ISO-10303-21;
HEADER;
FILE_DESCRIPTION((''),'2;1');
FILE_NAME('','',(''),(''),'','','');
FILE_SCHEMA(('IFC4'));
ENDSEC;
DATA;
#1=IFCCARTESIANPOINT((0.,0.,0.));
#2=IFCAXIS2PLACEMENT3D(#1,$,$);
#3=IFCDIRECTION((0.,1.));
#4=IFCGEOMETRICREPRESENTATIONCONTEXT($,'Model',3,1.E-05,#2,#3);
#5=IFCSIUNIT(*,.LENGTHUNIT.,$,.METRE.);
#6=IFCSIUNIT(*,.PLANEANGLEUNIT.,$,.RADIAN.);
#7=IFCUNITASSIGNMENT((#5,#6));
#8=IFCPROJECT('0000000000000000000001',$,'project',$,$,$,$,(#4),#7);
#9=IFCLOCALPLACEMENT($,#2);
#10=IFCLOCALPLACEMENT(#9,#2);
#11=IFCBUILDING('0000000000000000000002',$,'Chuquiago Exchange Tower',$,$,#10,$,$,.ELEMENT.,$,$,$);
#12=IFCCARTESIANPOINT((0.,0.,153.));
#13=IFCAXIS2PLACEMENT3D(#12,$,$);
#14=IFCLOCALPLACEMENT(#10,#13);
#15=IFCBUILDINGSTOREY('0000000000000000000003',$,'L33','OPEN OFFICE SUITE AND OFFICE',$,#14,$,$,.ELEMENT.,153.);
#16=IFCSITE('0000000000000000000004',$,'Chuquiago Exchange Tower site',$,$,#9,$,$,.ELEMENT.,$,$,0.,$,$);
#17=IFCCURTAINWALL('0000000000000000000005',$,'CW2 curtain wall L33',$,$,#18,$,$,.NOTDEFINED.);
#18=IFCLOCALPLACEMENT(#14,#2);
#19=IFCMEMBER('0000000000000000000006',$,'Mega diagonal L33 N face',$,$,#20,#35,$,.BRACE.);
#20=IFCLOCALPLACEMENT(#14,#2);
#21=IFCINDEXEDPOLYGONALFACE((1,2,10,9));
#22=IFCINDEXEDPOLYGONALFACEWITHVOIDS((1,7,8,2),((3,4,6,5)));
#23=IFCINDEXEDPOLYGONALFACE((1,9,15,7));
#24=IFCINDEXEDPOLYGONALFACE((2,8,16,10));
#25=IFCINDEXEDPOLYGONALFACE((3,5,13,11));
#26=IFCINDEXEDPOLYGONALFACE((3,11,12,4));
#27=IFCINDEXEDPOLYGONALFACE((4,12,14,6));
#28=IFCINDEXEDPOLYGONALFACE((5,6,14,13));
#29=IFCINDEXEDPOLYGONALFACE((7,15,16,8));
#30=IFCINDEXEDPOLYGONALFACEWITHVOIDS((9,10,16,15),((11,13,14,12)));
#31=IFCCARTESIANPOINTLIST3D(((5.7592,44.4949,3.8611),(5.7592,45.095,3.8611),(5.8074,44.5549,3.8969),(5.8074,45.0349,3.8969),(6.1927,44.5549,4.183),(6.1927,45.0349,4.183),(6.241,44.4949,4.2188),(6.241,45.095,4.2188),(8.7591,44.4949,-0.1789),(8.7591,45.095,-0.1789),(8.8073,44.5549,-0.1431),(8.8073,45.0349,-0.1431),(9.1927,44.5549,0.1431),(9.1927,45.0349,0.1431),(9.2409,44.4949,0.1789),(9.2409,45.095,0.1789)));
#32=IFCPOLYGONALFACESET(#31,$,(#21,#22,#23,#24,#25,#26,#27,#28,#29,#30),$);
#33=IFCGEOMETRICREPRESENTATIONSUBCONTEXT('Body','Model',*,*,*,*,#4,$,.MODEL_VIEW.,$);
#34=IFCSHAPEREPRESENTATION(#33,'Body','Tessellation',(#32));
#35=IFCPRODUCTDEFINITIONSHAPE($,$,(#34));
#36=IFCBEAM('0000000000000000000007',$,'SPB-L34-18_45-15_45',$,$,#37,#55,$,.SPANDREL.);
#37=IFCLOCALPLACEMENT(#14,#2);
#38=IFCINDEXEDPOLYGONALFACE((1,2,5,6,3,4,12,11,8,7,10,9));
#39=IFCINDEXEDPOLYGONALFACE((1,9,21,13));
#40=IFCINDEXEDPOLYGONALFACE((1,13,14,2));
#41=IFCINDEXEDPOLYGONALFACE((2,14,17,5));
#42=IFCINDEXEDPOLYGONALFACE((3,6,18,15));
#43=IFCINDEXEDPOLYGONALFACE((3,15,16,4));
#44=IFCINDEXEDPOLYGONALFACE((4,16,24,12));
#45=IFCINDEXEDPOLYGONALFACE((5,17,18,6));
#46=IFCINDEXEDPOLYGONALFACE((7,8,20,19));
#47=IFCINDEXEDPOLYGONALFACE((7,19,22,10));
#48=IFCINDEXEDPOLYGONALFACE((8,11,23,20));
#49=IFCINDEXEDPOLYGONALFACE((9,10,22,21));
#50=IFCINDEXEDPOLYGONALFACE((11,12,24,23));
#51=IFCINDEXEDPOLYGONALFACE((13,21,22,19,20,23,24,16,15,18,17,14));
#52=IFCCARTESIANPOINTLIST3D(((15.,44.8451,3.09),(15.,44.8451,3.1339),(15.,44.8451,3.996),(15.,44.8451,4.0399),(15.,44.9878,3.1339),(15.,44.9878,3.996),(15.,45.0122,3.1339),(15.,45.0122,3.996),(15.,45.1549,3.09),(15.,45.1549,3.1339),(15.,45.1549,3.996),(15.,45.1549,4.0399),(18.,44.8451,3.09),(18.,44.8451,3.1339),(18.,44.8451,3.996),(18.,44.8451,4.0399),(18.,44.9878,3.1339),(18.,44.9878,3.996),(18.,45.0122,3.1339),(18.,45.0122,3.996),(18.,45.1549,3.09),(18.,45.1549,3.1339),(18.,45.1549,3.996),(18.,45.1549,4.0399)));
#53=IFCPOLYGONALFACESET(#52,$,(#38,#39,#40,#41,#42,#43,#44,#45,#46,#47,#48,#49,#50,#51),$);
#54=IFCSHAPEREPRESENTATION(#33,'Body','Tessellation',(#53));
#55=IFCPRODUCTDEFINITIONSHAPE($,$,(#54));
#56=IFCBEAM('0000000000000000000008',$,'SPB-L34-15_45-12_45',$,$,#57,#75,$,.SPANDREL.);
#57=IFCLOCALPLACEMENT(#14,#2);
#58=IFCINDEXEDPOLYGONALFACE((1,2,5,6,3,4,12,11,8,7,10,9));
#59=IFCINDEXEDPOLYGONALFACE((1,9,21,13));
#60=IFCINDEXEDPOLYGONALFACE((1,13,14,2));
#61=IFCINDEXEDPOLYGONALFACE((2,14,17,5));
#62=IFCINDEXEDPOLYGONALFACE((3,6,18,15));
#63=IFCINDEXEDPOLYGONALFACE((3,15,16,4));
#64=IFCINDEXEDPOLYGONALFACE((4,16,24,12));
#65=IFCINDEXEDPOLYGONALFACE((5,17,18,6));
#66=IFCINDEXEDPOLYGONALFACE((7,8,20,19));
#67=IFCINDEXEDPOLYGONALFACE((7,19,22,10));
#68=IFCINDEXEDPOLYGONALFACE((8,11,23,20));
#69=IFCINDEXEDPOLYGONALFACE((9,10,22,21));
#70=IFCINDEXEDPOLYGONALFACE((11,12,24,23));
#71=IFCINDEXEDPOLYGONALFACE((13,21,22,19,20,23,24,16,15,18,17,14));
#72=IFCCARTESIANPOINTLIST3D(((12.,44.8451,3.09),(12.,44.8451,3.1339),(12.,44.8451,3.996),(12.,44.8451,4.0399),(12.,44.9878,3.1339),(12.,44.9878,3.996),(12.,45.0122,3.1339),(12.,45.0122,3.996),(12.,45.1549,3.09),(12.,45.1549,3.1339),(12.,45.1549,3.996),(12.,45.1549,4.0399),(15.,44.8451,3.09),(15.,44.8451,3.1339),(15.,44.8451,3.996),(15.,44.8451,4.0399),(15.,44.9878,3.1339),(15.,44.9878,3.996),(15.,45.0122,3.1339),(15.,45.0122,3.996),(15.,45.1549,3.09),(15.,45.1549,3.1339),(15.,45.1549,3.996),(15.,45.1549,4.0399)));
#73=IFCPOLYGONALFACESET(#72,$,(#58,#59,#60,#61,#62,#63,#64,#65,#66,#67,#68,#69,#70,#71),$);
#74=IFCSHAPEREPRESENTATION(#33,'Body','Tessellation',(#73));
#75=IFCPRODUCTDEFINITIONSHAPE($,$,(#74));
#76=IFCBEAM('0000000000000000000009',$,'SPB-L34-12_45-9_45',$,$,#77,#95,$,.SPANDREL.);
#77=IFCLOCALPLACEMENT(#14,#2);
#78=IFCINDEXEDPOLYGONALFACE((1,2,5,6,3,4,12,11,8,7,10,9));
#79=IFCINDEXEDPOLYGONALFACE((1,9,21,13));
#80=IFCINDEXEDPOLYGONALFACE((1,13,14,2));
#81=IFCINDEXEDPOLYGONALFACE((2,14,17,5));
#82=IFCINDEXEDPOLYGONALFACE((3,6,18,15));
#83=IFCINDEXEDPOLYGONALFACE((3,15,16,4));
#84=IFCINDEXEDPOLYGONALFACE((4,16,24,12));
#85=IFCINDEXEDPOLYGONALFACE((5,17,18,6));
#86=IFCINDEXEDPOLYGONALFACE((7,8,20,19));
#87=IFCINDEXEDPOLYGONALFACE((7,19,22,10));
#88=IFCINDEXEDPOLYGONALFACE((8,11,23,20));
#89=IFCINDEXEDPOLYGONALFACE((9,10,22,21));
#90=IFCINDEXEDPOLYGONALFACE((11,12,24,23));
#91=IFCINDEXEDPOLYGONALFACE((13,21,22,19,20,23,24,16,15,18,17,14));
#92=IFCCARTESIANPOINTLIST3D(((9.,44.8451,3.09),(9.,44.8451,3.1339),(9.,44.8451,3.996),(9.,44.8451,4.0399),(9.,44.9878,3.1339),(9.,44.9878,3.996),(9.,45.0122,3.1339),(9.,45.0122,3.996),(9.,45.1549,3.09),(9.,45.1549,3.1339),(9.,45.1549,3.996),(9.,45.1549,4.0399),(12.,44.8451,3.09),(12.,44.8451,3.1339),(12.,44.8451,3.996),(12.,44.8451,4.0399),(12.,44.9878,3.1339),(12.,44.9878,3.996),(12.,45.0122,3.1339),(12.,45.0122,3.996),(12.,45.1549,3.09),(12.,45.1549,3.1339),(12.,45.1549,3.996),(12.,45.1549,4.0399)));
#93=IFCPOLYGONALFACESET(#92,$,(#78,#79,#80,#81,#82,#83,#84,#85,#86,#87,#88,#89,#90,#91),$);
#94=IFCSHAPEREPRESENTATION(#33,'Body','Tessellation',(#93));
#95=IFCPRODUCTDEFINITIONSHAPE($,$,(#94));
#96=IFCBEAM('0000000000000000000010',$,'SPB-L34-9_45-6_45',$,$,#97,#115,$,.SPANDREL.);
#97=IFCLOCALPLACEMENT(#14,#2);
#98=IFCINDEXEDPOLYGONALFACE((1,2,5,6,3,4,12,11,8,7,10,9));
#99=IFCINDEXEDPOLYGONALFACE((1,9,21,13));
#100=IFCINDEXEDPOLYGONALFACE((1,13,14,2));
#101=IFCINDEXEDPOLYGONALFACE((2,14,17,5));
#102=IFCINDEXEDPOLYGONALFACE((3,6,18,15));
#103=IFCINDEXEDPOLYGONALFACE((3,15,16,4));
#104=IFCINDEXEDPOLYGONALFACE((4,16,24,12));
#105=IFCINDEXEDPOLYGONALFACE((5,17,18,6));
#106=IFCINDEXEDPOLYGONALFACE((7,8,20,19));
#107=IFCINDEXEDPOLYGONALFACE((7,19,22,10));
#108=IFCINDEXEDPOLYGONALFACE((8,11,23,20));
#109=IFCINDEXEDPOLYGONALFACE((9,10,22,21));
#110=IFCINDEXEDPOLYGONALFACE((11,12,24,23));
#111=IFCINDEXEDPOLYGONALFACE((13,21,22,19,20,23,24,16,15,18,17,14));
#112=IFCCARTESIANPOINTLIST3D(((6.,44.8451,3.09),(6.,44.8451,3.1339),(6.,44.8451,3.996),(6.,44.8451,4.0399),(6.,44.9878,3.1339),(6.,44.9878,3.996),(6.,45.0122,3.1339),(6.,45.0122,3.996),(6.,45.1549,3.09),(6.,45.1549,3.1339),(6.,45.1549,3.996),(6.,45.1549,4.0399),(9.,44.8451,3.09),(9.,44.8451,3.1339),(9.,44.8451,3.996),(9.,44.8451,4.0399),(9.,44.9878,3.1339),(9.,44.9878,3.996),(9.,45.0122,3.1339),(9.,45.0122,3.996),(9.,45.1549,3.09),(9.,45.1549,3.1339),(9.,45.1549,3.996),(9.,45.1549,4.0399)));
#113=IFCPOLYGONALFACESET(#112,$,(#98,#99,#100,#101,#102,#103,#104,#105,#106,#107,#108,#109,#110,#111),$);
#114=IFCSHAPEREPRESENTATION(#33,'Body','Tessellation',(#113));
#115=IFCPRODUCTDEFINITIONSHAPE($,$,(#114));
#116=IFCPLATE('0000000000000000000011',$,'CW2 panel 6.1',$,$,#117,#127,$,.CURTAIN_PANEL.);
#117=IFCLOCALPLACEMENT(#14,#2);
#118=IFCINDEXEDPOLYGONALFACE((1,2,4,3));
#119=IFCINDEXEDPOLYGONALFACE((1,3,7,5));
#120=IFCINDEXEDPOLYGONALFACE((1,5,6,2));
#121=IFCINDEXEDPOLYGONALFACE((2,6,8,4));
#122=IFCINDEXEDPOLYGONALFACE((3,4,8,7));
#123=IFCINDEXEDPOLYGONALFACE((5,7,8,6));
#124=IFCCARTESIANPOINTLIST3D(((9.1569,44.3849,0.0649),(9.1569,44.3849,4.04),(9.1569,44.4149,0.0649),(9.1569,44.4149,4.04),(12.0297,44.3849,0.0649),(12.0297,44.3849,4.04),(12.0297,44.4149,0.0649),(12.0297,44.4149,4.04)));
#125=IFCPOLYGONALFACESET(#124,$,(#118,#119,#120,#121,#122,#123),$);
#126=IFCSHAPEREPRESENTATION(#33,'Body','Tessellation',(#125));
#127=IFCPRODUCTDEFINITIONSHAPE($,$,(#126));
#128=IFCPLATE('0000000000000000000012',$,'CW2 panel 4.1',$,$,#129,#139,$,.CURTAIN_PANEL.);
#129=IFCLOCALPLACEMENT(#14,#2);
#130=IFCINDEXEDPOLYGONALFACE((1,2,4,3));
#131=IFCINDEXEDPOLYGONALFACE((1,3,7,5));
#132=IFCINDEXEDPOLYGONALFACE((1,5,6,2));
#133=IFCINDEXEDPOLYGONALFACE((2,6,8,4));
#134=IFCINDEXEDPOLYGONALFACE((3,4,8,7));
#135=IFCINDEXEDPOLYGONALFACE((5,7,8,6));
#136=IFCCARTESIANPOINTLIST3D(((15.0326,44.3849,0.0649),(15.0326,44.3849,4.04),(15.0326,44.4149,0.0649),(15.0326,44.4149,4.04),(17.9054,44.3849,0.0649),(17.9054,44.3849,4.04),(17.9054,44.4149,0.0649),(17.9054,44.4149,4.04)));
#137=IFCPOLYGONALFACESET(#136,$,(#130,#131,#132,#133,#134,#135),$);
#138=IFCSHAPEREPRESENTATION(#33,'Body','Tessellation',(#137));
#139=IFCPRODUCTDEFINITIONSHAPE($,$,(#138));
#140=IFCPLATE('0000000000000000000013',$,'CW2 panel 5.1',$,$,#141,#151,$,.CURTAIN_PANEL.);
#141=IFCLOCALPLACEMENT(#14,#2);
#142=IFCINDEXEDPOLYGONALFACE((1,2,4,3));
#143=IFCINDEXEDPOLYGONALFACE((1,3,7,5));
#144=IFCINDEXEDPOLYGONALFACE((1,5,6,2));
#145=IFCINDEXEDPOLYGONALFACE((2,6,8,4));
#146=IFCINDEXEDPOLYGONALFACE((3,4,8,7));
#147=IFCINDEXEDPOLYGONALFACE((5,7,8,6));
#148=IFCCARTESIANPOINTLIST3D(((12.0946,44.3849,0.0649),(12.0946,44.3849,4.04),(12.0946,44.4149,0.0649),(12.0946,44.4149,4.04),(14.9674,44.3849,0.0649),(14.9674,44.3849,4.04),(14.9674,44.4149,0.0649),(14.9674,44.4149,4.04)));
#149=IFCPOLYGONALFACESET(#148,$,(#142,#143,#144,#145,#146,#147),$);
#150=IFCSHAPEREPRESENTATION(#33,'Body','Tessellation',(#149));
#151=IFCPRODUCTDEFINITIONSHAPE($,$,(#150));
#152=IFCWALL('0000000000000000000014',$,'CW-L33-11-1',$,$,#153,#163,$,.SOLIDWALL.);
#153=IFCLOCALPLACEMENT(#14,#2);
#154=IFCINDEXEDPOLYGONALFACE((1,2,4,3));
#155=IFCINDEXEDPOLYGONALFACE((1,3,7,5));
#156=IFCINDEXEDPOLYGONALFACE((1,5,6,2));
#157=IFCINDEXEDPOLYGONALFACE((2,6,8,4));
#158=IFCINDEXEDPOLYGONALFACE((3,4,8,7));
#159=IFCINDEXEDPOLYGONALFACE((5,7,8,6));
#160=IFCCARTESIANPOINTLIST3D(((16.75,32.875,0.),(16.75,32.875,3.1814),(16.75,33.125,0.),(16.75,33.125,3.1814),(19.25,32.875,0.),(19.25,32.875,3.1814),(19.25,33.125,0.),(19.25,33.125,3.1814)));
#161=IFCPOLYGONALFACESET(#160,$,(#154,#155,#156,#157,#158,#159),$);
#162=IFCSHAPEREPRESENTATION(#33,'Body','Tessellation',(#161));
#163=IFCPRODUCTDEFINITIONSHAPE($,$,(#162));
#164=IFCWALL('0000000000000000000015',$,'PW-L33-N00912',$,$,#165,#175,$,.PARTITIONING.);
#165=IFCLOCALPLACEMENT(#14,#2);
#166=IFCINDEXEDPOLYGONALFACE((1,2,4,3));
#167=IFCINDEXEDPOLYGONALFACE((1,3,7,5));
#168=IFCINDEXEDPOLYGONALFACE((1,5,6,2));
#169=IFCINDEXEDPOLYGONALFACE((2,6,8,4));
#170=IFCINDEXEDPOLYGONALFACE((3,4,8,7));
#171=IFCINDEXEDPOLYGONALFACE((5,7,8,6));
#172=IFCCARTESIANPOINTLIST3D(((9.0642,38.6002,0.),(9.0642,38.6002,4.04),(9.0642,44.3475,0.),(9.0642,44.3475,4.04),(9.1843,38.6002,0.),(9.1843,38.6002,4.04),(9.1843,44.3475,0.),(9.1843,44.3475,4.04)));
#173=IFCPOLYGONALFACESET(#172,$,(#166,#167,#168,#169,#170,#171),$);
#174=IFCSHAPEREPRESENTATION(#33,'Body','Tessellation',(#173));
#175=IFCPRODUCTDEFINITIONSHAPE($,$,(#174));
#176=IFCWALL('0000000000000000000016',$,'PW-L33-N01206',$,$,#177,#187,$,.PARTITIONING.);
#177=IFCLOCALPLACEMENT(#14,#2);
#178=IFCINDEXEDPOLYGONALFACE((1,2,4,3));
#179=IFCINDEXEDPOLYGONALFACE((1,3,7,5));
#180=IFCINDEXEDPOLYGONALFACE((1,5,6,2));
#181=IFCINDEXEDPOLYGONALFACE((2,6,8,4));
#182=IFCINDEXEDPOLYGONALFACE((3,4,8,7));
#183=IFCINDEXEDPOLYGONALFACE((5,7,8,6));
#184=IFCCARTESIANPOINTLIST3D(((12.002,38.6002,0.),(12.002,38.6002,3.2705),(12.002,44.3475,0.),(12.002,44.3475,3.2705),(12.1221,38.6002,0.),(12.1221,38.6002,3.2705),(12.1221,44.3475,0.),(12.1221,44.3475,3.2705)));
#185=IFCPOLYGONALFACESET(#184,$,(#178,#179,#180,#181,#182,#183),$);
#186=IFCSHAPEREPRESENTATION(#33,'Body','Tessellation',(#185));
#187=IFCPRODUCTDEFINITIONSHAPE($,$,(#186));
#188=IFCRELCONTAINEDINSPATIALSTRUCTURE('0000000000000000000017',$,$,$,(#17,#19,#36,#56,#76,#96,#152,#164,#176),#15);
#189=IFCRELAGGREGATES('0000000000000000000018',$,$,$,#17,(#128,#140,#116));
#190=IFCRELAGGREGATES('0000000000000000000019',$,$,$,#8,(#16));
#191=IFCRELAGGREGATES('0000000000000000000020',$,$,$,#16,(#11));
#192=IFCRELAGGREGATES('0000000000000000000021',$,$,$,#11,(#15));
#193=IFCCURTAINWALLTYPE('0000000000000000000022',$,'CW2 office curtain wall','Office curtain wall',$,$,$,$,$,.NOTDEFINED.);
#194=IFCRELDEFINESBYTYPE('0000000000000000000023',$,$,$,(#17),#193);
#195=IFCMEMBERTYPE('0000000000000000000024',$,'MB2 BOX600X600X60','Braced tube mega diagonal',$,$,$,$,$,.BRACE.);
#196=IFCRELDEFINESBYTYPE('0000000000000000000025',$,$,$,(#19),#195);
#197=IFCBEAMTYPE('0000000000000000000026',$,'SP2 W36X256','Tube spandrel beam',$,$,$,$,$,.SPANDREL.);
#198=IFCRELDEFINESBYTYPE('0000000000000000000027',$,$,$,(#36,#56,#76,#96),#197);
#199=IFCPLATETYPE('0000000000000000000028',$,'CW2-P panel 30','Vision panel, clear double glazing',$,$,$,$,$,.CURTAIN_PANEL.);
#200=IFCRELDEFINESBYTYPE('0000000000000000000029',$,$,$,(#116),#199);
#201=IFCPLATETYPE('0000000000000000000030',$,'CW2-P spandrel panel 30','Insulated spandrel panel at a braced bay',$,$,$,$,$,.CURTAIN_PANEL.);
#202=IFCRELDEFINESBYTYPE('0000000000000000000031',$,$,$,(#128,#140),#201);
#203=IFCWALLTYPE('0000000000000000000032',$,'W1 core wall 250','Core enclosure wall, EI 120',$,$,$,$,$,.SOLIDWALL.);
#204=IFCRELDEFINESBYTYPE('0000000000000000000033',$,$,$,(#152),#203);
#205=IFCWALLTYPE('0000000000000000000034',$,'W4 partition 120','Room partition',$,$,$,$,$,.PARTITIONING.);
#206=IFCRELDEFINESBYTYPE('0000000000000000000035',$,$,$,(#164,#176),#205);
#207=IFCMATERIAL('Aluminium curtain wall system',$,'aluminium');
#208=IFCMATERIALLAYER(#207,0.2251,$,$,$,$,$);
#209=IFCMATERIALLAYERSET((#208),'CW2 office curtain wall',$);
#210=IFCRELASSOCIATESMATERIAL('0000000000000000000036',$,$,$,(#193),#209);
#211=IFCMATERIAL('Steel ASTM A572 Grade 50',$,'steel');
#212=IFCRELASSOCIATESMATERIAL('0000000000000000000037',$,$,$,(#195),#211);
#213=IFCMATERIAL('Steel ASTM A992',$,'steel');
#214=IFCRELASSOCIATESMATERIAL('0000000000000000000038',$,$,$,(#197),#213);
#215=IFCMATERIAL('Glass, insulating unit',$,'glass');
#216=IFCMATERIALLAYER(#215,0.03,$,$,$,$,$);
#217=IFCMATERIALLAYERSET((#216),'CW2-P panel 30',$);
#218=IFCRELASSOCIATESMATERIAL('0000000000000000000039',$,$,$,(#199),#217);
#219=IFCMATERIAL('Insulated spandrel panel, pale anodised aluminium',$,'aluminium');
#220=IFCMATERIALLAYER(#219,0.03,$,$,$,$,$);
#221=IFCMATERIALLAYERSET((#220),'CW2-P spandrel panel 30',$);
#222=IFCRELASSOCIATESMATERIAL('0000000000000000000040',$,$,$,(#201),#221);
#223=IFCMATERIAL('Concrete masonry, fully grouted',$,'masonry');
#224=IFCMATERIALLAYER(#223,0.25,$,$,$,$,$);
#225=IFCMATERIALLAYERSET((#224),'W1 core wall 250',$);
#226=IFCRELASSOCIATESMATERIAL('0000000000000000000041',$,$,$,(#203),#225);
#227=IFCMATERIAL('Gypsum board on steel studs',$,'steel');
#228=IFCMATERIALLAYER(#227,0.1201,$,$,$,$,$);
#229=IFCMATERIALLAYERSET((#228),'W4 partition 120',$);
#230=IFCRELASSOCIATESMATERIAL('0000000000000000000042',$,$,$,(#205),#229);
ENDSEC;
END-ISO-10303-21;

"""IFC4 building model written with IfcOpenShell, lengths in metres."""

from ifc_helpers import new_model, si_unit, direction, frame, frame_2d, origin, origin_2d, place, context, subcontext, project, spatial, rectangle, hollow_rectangle, i_section, extrude, material, layer, layer_set, material_profile, profile_set, type_object, element, aggregate, save


model = new_model("IFC4")

# Units and contexts
model_context = context("Model", 3, precision=1e-05, world=origin(), true_north=direction((0.0, 1.0)))
body_context = subcontext(model_context, "Body", "Model", "MODEL_VIEW")
ifc_project = project(units=[si_unit("LENGTHUNIT", "METRE"), si_unit("PLANEANGLEUNIT", "RADIAN")], contexts=[model_context])

# Site, building, storey
site_placement = place(None, origin())
site = spatial("IfcSite", under=ifc_project, at=site_placement, Name="Chuquiago Exchange Tower site", CompositionType="ELEMENT", RefElevation=0.0)
building_placement = place(site_placement, origin())
building = spatial("IfcBuilding", under=site, at=building_placement, Name="Chuquiago Exchange Tower", CompositionType="ELEMENT")
storey_placement = place(building_placement, frame((0.0, 0.0, 153.0)))
storey = spatial("IfcBuildingStorey", under=building, at=storey_placement, Name="L33", Description="OPEN OFFICE SUITE AND OFFICE", CompositionType="ELEMENT", Elevation=153.0)

# Curtain wall
ifc_material_1 = material(Name="Aluminium curtain wall system", Category="aluminium")
ifc_layer_1 = layer(ifc_material_1, 0.2251)
ifc_layer_set_1 = layer_set([ifc_layer_1], Name="CW2 office curtain wall")
curtain_wall_type = type_object("IfcCurtainWallType", Name="CW2 office curtain wall", Description="Office curtain wall", PredefinedType="NOTDEFINED", material=ifc_layer_set_1)
curtain_wall_placement = place(storey_placement, origin())
curtain_wall = element("IfcCurtainWall", 1, at=curtain_wall_placement, inside=storey, type_object=curtain_wall_type, Name="CW2 curtain wall L33", PredefinedType="NOTDEFINED")

# Member
ifc_material_2 = material(Name="Steel ASTM A572 Grade 50", Category="steel")
ifc_material_profile_1 = material_profile(ifc_material_2, hollow_rectangle(XDim=0.6001, YDim=0.6001, WallThickness=0.0601, at=origin_2d()), Name="BOX600X600X60")
ifc_profile_set_1 = profile_set([ifc_material_profile_1], Name="Steel ASTM A572 Grade 50")
member_type_1 = type_object("IfcMemberType", Name="MB2 BOX600X600X60", Description="Braced tube mega diagonal", PredefinedType="BRACE", material=ifc_profile_set_1)
for number, where, z_axis, x_axis, name in (
    (2, (9.0, 44.7949, 0.0), (-0.596174, 0.0, 0.802855), (0.0, -1.0, 0.0), "Mega diagonal L33 N face"),
):
    element("IfcMember", number, at=place(storey_placement, frame(where, z_axis=z_axis, x_axis=x_axis)), inside=storey, type_object=member_type_1, Name=name, PredefinedType="BRACE", context=body_context, shape_type="SweptSolid", body=[
        extrude(hollow_rectangle(XDim=0.6001, YDim=0.6001, WallThickness=0.0601, at=origin_2d()), origin(), (0.0, 0.0, 1.0), 5.032),
    ])

# Beams
ifc_material_3 = material(Name="Steel ASTM A992", Category="steel")
ifc_material_profile_2 = material_profile(ifc_material_3, i_section(OverallWidth=0.3098, OverallDepth=0.95, WebThickness=0.0244, FlangeThickness=0.0439, at=origin_2d()), Name="W36X256")
ifc_profile_set_2 = profile_set([ifc_material_profile_2], Name="Steel ASTM A992")
beam_type_1 = type_object("IfcBeamType", Name="SP2 W36X256", Description="Tube spandrel beam", PredefinedType="SPANDREL", material=ifc_profile_set_2)
for number, where, z_axis, x_axis, name in (
    (3, (18.0, 45.0, 3.5649), (-1.0, 0.0, 0.0), (0.0, -1.0, 0.0), "SPB-L34-18_45-15_45"),
    (4, (15.0, 45.0, 3.5649), (-1.0, 0.0, 0.0), (0.0, -1.0, 0.0), "SPB-L34-15_45-12_45"),
    (5, (12.0, 45.0, 3.5649), (-1.0, 0.0, 0.0), (0.0, -1.0, 0.0), "SPB-L34-12_45-9_45"),
    (6, (9.0, 45.0, 3.5649), (-1.0, 0.0, 0.0), (0.0, -1.0, 0.0), "SPB-L34-9_45-6_45"),
):
    element("IfcBeam", number, at=place(storey_placement, frame(where, z_axis=z_axis, x_axis=x_axis)), inside=storey, type_object=beam_type_1, Name=name, PredefinedType="SPANDREL", context=body_context, shape_type="SweptSolid", body=[
        extrude(i_section(OverallWidth=0.3098, OverallDepth=0.95, WebThickness=0.0244, FlangeThickness=0.0439, at=origin_2d()), origin(), (0.0, 0.0, 1.0), 3.0),
    ])

# Plates
ifc_material_4 = material(Name="Glass, insulating unit", Category="glass")
ifc_layer_2 = layer(ifc_material_4, 0.03)
ifc_layer_set_2 = layer_set([ifc_layer_2], Name="CW2-P panel 30")
plate_type_1 = type_object("IfcPlateType", Name="CW2-P panel 30", Description="Vision panel, clear double glazing", PredefinedType="CURTAIN_PANEL", material=ifc_layer_set_2)
plate_1_placement = place(storey_placement, frame((10.5933, 44.3999, 0.0649), z_axis=(0.0, 0.0, 1.0), x_axis=(-1.0, 0.0, 0.0)))
plate_1 = element("IfcPlate", 7, at=plate_1_placement, type_object=plate_type_1, Name="CW2 panel 6.1", PredefinedType="CURTAIN_PANEL", context=body_context, shape_type="SweptSolid", body=[
    extrude(rectangle(XDim=2.8728, YDim=0.03, at=origin_2d()), origin(), (0.0, 0.0, 1.0), 3.9751),
])
ifc_material_5 = material(Name="Insulated spandrel panel, pale anodised aluminium", Category="aluminium")
ifc_layer_3 = layer(ifc_material_5, 0.03)
ifc_layer_set_3 = layer_set([ifc_layer_3], Name="CW2-P spandrel panel 30")
plate_type_2 = type_object("IfcPlateType", Name="CW2-P spandrel panel 30", Description="Insulated spandrel panel at a braced bay", PredefinedType="CURTAIN_PANEL", material=ifc_layer_set_3)
plate_2_placement = place(storey_placement, frame((16.469, 44.3999, 0.0649), z_axis=(0.0, 0.0, 1.0), x_axis=(-1.0, 0.0, 0.0)))
plate_2 = element("IfcPlate", 8, at=plate_2_placement, type_object=plate_type_2, Name="CW2 panel 4.1", PredefinedType="CURTAIN_PANEL", context=body_context, shape_type="SweptSolid", body=[
    extrude(rectangle(XDim=2.8728, YDim=0.03, at=origin_2d()), origin(), (0.0, 0.0, 1.0), 3.9751),
])
plate_3_placement = place(storey_placement, frame((13.531, 44.3999, 0.0649), z_axis=(0.0, 0.0, 1.0), x_axis=(-1.0, 0.0, 0.0)))
plate_3 = element("IfcPlate", 9, at=plate_3_placement, type_object=plate_type_2, Name="CW2 panel 5.1", PredefinedType="CURTAIN_PANEL", context=body_context, shape_type="SweptSolid", body=[
    extrude(rectangle(XDim=2.8728, YDim=0.03, at=origin_2d()), origin(), (0.0, 0.0, 1.0), 3.9751),
])
aggregate(curtain_wall, [plate_2, plate_3, plate_1])

# Walls
ifc_material_6 = material(Name="Concrete masonry, fully grouted", Category="masonry")
ifc_layer_4 = layer(ifc_material_6, 0.25)
ifc_layer_set_4 = layer_set([ifc_layer_4], Name="W1 core wall 250")
wall_type_1 = type_object("IfcWallType", Name="W1 core wall 250", Description="Core enclosure wall, EI 120", PredefinedType="SOLIDWALL", material=ifc_layer_set_4)
wall_1_placement = place(storey_placement, frame((16.75, 33.0, 0.0), z_axis=(0.0, 0.0, 1.0), x_axis=(1.0, 0.0, 0.0)))
element("IfcWall", 10, at=wall_1_placement, inside=storey, type_object=wall_type_1, Name="CW-L33-11-1", PredefinedType="SOLIDWALL", context=body_context, shape_type="SweptSolid", body=[
    extrude(rectangle(XDim=2.5, YDim=0.25, at=frame_2d((1.25, 0.0))), origin(), (0.0, 0.0, 1.0), 3.1814),
])
ifc_material_7 = material(Name="Gypsum board on steel studs", Category="steel")
ifc_layer_5 = layer(ifc_material_7, 0.1201)
ifc_layer_set_5 = layer_set([ifc_layer_5], Name="W4 partition 120")
wall_type_2 = type_object("IfcWallType", Name="W4 partition 120", Description="Room partition", PredefinedType="PARTITIONING", material=ifc_layer_set_5)
wall_2_placement = place(storey_placement, frame((9.1243, 44.3474, 0.0), z_axis=(0.0, 0.0, 1.0), x_axis=(0.0, -1.0, 0.0)))
element("IfcWall", 11, at=wall_2_placement, inside=storey, type_object=wall_type_2, Name="PW-L33-N00912", PredefinedType="PARTITIONING", context=body_context, shape_type="SweptSolid", body=[
    extrude(rectangle(XDim=5.7473, YDim=0.1201, at=frame_2d((2.8735, 0.0))), origin(), (0.0, 0.0, 1.0), 4.04),
])
wall_3_placement = place(storey_placement, frame((12.062, 44.3474, 0.0), z_axis=(0.0, 0.0, 1.0), x_axis=(0.0, -1.0, 0.0)))
element("IfcWall", 12, at=wall_3_placement, inside=storey, type_object=wall_type_2, Name="PW-L33-N01206", PredefinedType="PARTITIONING", context=body_context, shape_type="SweptSolid", body=[
    extrude(rectangle(XDim=5.7473, YDim=0.1201, at=frame_2d((2.8735, 0.0))), origin(), (0.0, 0.0, 1.0), 3.2705),
])

save(model, "model.ifc")
